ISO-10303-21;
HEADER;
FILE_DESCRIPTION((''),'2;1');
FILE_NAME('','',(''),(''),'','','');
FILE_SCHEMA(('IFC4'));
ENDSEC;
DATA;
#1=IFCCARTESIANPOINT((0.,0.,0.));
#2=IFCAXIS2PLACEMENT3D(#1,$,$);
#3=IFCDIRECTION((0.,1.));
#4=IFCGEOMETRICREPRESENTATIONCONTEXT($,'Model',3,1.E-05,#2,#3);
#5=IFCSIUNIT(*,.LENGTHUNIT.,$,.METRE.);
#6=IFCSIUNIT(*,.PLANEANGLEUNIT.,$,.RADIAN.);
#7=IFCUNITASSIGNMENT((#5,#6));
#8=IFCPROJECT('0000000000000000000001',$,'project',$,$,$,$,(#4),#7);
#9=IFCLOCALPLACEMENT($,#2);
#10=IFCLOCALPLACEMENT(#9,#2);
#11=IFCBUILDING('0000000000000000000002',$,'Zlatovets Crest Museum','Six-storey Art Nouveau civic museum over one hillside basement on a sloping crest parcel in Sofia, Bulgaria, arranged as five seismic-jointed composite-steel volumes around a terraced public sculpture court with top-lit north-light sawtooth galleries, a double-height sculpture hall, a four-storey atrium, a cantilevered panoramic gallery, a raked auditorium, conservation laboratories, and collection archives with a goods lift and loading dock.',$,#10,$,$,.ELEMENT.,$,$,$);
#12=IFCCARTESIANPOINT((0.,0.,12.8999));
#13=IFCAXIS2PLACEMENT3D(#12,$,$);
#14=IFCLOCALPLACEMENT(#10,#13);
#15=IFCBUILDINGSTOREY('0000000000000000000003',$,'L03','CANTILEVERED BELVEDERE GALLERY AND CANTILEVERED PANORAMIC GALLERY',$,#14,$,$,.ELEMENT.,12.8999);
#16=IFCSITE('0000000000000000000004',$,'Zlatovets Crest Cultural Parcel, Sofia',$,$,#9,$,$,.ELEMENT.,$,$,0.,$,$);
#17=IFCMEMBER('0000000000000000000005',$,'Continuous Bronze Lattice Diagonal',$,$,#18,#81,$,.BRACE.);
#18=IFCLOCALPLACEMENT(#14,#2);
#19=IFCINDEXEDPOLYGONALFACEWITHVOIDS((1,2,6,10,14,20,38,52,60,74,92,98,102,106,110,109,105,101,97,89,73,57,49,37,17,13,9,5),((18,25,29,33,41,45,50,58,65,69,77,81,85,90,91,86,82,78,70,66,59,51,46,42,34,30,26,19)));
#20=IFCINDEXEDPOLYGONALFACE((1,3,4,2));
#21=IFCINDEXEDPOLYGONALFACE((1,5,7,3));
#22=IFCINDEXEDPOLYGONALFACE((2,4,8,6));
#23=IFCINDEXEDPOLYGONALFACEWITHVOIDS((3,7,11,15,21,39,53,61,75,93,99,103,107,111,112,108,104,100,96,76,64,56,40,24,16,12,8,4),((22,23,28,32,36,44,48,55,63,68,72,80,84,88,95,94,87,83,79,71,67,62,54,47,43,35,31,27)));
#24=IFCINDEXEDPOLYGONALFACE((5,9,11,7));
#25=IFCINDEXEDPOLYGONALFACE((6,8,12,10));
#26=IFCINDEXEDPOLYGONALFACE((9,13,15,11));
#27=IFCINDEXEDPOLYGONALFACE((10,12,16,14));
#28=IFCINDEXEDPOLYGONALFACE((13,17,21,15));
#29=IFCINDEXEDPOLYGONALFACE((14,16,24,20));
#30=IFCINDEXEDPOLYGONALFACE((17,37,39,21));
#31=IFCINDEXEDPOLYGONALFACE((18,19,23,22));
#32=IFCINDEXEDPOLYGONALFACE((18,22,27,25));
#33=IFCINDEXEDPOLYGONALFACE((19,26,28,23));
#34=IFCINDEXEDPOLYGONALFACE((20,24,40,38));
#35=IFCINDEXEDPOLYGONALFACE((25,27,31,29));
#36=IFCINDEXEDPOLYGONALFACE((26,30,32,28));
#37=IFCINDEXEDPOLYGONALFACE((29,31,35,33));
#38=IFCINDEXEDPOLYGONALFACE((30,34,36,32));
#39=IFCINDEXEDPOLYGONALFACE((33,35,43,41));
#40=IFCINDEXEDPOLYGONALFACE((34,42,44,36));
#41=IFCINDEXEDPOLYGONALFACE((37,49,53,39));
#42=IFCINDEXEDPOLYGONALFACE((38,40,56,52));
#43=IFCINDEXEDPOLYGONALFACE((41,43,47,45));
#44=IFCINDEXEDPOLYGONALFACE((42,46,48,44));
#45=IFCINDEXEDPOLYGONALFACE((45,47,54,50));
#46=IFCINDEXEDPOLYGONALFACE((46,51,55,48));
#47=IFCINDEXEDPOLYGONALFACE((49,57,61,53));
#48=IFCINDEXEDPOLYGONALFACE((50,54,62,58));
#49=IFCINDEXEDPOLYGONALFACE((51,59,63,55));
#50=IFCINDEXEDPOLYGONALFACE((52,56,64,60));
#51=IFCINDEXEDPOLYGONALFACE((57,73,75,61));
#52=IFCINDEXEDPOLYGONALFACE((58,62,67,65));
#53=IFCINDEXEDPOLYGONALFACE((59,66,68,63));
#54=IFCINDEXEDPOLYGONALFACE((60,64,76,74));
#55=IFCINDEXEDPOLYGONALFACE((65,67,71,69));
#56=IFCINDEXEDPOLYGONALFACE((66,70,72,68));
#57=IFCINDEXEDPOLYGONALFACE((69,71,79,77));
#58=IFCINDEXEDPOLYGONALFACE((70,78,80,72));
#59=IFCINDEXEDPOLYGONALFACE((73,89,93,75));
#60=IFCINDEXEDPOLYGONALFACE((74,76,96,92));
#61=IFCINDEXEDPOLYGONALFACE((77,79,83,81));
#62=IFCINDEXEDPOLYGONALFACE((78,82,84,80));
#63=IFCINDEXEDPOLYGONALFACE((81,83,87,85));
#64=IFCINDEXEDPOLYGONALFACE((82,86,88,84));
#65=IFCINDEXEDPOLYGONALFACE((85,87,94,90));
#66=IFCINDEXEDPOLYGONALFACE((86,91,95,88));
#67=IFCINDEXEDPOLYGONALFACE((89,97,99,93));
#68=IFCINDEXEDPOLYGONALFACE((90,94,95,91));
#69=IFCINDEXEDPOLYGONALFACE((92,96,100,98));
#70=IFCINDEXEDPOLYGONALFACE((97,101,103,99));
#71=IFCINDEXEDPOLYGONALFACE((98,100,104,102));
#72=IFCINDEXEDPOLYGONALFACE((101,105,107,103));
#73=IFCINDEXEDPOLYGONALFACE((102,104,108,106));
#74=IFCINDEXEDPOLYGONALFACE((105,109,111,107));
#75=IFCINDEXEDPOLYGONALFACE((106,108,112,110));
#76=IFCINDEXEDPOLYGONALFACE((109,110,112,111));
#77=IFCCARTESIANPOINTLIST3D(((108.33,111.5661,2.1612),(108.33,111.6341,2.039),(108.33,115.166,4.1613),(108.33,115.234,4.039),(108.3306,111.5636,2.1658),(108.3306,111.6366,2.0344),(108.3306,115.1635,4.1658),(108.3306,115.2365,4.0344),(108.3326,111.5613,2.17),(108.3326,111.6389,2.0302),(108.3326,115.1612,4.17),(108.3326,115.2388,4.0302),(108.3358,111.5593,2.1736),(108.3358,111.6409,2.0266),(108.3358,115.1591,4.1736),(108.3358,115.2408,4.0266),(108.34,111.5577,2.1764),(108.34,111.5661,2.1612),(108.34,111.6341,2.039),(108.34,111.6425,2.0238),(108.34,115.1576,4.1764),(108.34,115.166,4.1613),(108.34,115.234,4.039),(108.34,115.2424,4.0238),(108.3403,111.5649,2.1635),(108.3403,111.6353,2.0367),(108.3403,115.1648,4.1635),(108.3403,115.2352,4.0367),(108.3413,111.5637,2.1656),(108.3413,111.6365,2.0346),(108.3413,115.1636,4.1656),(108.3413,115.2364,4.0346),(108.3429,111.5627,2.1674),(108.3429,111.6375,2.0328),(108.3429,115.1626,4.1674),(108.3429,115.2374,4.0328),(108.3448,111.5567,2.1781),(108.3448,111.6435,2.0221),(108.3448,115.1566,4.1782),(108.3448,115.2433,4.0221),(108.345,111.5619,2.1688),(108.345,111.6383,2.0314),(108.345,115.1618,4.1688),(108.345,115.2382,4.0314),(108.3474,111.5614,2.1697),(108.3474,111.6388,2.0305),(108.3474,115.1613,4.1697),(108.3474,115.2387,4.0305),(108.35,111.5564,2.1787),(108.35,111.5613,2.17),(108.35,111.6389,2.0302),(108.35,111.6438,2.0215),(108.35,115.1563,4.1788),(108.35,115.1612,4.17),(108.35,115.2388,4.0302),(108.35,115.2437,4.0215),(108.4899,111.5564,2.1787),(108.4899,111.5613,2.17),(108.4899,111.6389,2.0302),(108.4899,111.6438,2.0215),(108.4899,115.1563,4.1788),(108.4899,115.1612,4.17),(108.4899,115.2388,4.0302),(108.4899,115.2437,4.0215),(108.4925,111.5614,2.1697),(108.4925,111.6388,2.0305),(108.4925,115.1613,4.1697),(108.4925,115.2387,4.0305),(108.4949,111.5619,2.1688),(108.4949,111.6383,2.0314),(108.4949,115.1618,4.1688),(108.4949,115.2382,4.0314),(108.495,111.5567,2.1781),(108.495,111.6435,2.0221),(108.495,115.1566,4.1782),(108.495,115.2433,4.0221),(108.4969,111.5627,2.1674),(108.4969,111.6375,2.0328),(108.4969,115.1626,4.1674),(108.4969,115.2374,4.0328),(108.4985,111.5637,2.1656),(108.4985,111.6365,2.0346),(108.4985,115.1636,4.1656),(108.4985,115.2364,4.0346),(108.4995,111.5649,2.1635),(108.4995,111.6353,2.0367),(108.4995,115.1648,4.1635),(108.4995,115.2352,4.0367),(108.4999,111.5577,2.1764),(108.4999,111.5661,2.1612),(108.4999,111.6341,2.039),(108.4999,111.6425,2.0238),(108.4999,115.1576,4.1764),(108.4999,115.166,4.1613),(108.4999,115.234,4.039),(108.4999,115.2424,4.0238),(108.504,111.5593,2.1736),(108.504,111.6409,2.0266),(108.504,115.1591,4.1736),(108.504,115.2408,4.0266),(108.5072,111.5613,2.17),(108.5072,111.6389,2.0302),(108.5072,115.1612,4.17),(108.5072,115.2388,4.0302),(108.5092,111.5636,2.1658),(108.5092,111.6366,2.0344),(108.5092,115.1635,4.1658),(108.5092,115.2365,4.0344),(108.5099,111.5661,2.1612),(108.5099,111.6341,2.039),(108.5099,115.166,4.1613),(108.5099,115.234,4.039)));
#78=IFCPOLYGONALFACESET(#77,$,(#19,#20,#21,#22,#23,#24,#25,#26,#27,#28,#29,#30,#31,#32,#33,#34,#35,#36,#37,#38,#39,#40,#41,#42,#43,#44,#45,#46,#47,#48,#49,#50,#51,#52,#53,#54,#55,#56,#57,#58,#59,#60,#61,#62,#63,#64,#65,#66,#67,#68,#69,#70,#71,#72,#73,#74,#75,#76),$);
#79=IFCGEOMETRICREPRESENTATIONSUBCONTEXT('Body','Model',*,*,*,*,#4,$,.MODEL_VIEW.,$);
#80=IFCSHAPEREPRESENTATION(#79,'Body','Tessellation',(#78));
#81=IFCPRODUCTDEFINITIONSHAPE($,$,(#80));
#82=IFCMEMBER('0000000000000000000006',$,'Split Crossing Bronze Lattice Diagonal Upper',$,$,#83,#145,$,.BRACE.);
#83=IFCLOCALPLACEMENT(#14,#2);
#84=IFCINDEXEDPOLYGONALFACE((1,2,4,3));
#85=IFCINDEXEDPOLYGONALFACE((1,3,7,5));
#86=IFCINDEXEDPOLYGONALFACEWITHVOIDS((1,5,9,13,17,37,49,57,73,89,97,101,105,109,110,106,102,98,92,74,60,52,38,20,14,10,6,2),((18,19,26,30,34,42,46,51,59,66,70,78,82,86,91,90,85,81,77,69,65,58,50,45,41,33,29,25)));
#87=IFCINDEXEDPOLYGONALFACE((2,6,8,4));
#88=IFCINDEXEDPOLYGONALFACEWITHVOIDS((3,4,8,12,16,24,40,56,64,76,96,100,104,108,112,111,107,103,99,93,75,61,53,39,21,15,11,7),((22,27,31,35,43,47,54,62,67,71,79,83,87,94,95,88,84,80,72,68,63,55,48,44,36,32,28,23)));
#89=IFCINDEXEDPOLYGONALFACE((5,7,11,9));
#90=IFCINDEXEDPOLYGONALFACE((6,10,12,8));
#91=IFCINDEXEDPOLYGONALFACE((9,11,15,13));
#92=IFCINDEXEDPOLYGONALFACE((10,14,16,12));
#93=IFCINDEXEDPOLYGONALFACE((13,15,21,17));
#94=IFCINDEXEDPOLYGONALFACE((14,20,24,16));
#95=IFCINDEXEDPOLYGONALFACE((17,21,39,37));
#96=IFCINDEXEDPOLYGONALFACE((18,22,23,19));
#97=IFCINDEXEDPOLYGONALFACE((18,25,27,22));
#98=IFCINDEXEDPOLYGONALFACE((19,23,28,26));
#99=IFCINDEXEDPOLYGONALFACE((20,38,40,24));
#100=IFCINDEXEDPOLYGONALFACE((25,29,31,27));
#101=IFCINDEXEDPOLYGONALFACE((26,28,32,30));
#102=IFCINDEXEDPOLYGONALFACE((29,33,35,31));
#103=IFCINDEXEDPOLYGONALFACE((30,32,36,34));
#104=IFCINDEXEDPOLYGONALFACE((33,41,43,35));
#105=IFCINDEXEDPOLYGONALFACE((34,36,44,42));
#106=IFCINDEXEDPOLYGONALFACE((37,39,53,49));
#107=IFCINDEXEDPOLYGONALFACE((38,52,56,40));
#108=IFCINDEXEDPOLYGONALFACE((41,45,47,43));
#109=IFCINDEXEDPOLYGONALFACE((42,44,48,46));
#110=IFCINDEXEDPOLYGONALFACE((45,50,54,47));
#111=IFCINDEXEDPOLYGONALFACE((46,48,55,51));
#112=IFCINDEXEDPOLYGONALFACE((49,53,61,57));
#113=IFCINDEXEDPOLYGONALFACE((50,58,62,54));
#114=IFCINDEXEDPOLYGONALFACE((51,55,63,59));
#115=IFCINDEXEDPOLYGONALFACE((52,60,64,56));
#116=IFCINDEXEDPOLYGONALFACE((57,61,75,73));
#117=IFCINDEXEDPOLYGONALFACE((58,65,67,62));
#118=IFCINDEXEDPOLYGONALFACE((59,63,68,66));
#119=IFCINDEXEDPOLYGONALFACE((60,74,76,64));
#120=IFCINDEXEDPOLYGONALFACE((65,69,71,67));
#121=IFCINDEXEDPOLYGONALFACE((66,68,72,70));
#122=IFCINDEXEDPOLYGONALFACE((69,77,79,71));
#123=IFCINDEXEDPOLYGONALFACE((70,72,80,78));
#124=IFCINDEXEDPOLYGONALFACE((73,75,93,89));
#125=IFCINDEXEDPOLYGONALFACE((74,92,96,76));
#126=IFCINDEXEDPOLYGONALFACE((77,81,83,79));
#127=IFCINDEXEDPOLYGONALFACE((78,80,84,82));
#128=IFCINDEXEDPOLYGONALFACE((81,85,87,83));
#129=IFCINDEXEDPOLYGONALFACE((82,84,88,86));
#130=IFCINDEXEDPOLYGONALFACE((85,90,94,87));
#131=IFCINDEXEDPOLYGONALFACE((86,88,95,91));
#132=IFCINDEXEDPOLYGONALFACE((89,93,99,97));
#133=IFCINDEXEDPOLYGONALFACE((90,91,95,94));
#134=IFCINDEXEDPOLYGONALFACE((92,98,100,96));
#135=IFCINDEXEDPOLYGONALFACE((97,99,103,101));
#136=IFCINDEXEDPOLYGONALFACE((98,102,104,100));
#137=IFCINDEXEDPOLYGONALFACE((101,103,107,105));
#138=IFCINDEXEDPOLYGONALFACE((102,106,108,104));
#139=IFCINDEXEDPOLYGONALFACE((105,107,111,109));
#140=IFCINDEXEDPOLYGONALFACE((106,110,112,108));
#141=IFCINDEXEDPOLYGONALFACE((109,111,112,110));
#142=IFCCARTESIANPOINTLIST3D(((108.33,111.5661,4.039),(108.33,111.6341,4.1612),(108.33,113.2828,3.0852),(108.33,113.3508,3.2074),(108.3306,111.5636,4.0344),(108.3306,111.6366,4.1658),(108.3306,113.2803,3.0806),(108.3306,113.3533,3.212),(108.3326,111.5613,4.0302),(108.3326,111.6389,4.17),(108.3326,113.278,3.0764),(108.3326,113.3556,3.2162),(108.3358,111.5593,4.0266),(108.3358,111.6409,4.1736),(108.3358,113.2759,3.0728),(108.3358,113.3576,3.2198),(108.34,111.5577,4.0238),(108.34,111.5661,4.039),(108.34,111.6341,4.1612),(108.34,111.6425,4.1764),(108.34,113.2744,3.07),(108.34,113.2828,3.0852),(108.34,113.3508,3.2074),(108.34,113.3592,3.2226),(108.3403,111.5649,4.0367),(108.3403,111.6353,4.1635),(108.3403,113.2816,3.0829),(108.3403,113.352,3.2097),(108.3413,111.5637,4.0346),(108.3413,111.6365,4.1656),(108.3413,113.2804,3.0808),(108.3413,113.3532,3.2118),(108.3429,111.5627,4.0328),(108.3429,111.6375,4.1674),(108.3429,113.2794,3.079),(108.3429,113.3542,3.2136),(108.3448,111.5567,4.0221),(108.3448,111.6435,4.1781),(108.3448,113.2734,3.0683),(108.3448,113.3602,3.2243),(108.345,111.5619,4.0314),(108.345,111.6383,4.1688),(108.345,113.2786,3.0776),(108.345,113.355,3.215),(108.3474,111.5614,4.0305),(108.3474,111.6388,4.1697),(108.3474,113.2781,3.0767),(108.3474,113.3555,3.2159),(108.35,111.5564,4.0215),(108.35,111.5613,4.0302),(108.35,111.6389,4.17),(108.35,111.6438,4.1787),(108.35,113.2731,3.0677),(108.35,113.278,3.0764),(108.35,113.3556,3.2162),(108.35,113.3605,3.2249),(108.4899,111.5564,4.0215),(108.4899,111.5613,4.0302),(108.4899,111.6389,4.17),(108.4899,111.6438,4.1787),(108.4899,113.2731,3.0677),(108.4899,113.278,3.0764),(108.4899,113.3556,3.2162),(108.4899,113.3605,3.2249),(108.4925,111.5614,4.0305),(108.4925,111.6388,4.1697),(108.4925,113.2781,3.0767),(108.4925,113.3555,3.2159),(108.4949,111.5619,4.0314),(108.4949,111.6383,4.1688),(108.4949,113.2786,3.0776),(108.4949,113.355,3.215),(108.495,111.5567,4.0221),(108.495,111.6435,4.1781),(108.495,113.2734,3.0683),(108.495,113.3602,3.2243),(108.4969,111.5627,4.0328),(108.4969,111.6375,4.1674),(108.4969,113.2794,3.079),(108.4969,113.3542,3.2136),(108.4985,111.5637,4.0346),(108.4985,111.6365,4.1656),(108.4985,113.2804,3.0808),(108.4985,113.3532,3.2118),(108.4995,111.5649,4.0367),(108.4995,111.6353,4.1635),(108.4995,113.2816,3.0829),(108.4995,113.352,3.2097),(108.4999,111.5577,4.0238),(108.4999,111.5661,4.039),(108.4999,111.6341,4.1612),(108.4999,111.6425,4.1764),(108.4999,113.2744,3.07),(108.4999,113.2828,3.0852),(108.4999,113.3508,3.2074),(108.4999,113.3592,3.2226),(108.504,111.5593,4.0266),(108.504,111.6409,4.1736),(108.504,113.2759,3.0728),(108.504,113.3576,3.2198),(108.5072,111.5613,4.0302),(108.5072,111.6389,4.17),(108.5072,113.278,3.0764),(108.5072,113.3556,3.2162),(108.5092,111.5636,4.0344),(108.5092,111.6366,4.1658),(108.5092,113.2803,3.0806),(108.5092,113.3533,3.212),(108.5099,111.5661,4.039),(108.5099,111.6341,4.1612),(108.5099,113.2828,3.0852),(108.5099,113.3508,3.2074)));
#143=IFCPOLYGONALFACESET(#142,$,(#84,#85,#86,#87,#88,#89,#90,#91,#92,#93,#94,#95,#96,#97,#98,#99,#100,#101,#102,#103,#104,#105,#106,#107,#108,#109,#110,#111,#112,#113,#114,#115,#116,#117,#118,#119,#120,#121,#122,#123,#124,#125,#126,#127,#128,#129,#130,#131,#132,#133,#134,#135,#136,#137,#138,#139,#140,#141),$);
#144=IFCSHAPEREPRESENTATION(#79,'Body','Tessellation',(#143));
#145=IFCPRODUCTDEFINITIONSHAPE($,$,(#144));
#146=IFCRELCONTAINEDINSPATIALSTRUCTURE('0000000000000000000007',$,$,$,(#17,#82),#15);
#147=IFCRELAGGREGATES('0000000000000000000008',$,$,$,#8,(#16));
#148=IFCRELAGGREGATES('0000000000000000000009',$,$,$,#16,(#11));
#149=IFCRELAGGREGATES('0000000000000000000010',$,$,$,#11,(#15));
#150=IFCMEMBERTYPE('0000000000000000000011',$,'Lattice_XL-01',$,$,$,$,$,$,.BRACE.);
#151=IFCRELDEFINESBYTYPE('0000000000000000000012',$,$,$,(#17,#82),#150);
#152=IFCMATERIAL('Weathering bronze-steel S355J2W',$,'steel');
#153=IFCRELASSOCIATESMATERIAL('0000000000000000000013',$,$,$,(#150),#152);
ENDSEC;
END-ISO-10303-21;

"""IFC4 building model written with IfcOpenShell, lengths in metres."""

from ifc_helpers import new_model, si_unit, direction, frame, origin, origin_2d, place, context, subcontext, project, spatial, hollow_rectangle, extrude, material, material_profile, profile_set, type_object, element, save


model = new_model("IFC4")

# Units and contexts
model_context = context("Model", 3, precision=1e-05, world=origin(), true_north=direction((0.0, 1.0)))
body_context = subcontext(model_context, "Body", "Model", "MODEL_VIEW")
ifc_project = project(units=[si_unit("LENGTHUNIT", "METRE"), si_unit("PLANEANGLEUNIT", "RADIAN")], contexts=[model_context])

# Site, building, storey
site_placement = place(None, origin())
site = spatial("IfcSite", under=ifc_project, at=site_placement, Name="Zlatovets Crest Cultural Parcel, Sofia", CompositionType="ELEMENT", RefElevation=0.0)
building_placement = place(site_placement, origin())
building = spatial("IfcBuilding", under=site, at=building_placement, Name="Zlatovets Crest Museum", Description="Six-storey Art Nouveau civic museum over one hillside basement on a sloping crest parcel in Sofia, Bulgaria, arranged as five seismic-jointed composite-steel volumes around a terraced public sculpture court with top-lit north-light sawtooth galleries, a double-height sculpture hall, a four-storey atrium, a cantilevered panoramic gallery, a raked auditorium, conservation laboratories, and collection archives with a goods lift and loading dock.", CompositionType="ELEMENT")
storey_placement = place(building_placement, frame((0.0, 0.0, 12.8999)))
storey = spatial("IfcBuildingStorey", under=building, at=storey_placement, Name="L03", Description="CANTILEVERED BELVEDERE GALLERY AND CANTILEVERED PANORAMIC GALLERY", CompositionType="ELEMENT", Elevation=12.8999)

# Members
ifc_material_1 = material(Name="Weathering bronze-steel S355J2W", Category="steel")
ifc_material_profile_1 = material_profile(ifc_material_1, hollow_rectangle(XDim=0.1799, YDim=0.1799, WallThickness=0.01, InnerFilletRadius=0.01, OuterFilletRadius=0.02, at=origin_2d()), Name="SHS 180x180x10.0")
ifc_profile_set_1 = profile_set([ifc_material_profile_1], Name="Weathering bronze-steel S355J2W")
member_type_1 = type_object("IfcMemberType", Name="Lattice_XL-01", PredefinedType="BRACE", material=ifc_profile_set_1)
member_1_placement = place(storey_placement, frame((108.4199, 111.6001, 2.1001), z_axis=(0.0, 0.874149, 0.485658), x_axis=(-1.0, 0.0, 0.0)))
element("IfcMember", 1, at=member_1_placement, inside=storey, type_object=member_type_1, Name="Continuous Bronze Lattice Diagonal", PredefinedType="BRACE", context=body_context, shape_type="SweptSolid", body=[
    extrude(hollow_rectangle(XDim=0.1799, YDim=0.1799, WallThickness=0.01, InnerFilletRadius=0.01, OuterFilletRadius=0.02, at=origin_2d()), origin(), (0.0, 0.0, 1.0), 4.1182),
])
member_2_placement = place(storey_placement, frame((108.4199, 111.6001, 4.1001), z_axis=(0.0, 0.87414, -0.485675), x_axis=(-1.0, 0.0, 0.0)))
element("IfcMember", 2, at=member_2_placement, inside=storey, type_object=member_type_1, Name="Split Crossing Bronze Lattice Diagonal Upper", PredefinedType="BRACE", context=body_context, shape_type="SweptSolid", body=[
    extrude(hollow_rectangle(XDim=0.1799, YDim=0.1799, WallThickness=0.01, InnerFilletRadius=0.01, OuterFilletRadius=0.02, at=origin_2d()), origin(), (0.0, 0.0, 1.0), 1.9639),
])

save(model, "model.ifc")
